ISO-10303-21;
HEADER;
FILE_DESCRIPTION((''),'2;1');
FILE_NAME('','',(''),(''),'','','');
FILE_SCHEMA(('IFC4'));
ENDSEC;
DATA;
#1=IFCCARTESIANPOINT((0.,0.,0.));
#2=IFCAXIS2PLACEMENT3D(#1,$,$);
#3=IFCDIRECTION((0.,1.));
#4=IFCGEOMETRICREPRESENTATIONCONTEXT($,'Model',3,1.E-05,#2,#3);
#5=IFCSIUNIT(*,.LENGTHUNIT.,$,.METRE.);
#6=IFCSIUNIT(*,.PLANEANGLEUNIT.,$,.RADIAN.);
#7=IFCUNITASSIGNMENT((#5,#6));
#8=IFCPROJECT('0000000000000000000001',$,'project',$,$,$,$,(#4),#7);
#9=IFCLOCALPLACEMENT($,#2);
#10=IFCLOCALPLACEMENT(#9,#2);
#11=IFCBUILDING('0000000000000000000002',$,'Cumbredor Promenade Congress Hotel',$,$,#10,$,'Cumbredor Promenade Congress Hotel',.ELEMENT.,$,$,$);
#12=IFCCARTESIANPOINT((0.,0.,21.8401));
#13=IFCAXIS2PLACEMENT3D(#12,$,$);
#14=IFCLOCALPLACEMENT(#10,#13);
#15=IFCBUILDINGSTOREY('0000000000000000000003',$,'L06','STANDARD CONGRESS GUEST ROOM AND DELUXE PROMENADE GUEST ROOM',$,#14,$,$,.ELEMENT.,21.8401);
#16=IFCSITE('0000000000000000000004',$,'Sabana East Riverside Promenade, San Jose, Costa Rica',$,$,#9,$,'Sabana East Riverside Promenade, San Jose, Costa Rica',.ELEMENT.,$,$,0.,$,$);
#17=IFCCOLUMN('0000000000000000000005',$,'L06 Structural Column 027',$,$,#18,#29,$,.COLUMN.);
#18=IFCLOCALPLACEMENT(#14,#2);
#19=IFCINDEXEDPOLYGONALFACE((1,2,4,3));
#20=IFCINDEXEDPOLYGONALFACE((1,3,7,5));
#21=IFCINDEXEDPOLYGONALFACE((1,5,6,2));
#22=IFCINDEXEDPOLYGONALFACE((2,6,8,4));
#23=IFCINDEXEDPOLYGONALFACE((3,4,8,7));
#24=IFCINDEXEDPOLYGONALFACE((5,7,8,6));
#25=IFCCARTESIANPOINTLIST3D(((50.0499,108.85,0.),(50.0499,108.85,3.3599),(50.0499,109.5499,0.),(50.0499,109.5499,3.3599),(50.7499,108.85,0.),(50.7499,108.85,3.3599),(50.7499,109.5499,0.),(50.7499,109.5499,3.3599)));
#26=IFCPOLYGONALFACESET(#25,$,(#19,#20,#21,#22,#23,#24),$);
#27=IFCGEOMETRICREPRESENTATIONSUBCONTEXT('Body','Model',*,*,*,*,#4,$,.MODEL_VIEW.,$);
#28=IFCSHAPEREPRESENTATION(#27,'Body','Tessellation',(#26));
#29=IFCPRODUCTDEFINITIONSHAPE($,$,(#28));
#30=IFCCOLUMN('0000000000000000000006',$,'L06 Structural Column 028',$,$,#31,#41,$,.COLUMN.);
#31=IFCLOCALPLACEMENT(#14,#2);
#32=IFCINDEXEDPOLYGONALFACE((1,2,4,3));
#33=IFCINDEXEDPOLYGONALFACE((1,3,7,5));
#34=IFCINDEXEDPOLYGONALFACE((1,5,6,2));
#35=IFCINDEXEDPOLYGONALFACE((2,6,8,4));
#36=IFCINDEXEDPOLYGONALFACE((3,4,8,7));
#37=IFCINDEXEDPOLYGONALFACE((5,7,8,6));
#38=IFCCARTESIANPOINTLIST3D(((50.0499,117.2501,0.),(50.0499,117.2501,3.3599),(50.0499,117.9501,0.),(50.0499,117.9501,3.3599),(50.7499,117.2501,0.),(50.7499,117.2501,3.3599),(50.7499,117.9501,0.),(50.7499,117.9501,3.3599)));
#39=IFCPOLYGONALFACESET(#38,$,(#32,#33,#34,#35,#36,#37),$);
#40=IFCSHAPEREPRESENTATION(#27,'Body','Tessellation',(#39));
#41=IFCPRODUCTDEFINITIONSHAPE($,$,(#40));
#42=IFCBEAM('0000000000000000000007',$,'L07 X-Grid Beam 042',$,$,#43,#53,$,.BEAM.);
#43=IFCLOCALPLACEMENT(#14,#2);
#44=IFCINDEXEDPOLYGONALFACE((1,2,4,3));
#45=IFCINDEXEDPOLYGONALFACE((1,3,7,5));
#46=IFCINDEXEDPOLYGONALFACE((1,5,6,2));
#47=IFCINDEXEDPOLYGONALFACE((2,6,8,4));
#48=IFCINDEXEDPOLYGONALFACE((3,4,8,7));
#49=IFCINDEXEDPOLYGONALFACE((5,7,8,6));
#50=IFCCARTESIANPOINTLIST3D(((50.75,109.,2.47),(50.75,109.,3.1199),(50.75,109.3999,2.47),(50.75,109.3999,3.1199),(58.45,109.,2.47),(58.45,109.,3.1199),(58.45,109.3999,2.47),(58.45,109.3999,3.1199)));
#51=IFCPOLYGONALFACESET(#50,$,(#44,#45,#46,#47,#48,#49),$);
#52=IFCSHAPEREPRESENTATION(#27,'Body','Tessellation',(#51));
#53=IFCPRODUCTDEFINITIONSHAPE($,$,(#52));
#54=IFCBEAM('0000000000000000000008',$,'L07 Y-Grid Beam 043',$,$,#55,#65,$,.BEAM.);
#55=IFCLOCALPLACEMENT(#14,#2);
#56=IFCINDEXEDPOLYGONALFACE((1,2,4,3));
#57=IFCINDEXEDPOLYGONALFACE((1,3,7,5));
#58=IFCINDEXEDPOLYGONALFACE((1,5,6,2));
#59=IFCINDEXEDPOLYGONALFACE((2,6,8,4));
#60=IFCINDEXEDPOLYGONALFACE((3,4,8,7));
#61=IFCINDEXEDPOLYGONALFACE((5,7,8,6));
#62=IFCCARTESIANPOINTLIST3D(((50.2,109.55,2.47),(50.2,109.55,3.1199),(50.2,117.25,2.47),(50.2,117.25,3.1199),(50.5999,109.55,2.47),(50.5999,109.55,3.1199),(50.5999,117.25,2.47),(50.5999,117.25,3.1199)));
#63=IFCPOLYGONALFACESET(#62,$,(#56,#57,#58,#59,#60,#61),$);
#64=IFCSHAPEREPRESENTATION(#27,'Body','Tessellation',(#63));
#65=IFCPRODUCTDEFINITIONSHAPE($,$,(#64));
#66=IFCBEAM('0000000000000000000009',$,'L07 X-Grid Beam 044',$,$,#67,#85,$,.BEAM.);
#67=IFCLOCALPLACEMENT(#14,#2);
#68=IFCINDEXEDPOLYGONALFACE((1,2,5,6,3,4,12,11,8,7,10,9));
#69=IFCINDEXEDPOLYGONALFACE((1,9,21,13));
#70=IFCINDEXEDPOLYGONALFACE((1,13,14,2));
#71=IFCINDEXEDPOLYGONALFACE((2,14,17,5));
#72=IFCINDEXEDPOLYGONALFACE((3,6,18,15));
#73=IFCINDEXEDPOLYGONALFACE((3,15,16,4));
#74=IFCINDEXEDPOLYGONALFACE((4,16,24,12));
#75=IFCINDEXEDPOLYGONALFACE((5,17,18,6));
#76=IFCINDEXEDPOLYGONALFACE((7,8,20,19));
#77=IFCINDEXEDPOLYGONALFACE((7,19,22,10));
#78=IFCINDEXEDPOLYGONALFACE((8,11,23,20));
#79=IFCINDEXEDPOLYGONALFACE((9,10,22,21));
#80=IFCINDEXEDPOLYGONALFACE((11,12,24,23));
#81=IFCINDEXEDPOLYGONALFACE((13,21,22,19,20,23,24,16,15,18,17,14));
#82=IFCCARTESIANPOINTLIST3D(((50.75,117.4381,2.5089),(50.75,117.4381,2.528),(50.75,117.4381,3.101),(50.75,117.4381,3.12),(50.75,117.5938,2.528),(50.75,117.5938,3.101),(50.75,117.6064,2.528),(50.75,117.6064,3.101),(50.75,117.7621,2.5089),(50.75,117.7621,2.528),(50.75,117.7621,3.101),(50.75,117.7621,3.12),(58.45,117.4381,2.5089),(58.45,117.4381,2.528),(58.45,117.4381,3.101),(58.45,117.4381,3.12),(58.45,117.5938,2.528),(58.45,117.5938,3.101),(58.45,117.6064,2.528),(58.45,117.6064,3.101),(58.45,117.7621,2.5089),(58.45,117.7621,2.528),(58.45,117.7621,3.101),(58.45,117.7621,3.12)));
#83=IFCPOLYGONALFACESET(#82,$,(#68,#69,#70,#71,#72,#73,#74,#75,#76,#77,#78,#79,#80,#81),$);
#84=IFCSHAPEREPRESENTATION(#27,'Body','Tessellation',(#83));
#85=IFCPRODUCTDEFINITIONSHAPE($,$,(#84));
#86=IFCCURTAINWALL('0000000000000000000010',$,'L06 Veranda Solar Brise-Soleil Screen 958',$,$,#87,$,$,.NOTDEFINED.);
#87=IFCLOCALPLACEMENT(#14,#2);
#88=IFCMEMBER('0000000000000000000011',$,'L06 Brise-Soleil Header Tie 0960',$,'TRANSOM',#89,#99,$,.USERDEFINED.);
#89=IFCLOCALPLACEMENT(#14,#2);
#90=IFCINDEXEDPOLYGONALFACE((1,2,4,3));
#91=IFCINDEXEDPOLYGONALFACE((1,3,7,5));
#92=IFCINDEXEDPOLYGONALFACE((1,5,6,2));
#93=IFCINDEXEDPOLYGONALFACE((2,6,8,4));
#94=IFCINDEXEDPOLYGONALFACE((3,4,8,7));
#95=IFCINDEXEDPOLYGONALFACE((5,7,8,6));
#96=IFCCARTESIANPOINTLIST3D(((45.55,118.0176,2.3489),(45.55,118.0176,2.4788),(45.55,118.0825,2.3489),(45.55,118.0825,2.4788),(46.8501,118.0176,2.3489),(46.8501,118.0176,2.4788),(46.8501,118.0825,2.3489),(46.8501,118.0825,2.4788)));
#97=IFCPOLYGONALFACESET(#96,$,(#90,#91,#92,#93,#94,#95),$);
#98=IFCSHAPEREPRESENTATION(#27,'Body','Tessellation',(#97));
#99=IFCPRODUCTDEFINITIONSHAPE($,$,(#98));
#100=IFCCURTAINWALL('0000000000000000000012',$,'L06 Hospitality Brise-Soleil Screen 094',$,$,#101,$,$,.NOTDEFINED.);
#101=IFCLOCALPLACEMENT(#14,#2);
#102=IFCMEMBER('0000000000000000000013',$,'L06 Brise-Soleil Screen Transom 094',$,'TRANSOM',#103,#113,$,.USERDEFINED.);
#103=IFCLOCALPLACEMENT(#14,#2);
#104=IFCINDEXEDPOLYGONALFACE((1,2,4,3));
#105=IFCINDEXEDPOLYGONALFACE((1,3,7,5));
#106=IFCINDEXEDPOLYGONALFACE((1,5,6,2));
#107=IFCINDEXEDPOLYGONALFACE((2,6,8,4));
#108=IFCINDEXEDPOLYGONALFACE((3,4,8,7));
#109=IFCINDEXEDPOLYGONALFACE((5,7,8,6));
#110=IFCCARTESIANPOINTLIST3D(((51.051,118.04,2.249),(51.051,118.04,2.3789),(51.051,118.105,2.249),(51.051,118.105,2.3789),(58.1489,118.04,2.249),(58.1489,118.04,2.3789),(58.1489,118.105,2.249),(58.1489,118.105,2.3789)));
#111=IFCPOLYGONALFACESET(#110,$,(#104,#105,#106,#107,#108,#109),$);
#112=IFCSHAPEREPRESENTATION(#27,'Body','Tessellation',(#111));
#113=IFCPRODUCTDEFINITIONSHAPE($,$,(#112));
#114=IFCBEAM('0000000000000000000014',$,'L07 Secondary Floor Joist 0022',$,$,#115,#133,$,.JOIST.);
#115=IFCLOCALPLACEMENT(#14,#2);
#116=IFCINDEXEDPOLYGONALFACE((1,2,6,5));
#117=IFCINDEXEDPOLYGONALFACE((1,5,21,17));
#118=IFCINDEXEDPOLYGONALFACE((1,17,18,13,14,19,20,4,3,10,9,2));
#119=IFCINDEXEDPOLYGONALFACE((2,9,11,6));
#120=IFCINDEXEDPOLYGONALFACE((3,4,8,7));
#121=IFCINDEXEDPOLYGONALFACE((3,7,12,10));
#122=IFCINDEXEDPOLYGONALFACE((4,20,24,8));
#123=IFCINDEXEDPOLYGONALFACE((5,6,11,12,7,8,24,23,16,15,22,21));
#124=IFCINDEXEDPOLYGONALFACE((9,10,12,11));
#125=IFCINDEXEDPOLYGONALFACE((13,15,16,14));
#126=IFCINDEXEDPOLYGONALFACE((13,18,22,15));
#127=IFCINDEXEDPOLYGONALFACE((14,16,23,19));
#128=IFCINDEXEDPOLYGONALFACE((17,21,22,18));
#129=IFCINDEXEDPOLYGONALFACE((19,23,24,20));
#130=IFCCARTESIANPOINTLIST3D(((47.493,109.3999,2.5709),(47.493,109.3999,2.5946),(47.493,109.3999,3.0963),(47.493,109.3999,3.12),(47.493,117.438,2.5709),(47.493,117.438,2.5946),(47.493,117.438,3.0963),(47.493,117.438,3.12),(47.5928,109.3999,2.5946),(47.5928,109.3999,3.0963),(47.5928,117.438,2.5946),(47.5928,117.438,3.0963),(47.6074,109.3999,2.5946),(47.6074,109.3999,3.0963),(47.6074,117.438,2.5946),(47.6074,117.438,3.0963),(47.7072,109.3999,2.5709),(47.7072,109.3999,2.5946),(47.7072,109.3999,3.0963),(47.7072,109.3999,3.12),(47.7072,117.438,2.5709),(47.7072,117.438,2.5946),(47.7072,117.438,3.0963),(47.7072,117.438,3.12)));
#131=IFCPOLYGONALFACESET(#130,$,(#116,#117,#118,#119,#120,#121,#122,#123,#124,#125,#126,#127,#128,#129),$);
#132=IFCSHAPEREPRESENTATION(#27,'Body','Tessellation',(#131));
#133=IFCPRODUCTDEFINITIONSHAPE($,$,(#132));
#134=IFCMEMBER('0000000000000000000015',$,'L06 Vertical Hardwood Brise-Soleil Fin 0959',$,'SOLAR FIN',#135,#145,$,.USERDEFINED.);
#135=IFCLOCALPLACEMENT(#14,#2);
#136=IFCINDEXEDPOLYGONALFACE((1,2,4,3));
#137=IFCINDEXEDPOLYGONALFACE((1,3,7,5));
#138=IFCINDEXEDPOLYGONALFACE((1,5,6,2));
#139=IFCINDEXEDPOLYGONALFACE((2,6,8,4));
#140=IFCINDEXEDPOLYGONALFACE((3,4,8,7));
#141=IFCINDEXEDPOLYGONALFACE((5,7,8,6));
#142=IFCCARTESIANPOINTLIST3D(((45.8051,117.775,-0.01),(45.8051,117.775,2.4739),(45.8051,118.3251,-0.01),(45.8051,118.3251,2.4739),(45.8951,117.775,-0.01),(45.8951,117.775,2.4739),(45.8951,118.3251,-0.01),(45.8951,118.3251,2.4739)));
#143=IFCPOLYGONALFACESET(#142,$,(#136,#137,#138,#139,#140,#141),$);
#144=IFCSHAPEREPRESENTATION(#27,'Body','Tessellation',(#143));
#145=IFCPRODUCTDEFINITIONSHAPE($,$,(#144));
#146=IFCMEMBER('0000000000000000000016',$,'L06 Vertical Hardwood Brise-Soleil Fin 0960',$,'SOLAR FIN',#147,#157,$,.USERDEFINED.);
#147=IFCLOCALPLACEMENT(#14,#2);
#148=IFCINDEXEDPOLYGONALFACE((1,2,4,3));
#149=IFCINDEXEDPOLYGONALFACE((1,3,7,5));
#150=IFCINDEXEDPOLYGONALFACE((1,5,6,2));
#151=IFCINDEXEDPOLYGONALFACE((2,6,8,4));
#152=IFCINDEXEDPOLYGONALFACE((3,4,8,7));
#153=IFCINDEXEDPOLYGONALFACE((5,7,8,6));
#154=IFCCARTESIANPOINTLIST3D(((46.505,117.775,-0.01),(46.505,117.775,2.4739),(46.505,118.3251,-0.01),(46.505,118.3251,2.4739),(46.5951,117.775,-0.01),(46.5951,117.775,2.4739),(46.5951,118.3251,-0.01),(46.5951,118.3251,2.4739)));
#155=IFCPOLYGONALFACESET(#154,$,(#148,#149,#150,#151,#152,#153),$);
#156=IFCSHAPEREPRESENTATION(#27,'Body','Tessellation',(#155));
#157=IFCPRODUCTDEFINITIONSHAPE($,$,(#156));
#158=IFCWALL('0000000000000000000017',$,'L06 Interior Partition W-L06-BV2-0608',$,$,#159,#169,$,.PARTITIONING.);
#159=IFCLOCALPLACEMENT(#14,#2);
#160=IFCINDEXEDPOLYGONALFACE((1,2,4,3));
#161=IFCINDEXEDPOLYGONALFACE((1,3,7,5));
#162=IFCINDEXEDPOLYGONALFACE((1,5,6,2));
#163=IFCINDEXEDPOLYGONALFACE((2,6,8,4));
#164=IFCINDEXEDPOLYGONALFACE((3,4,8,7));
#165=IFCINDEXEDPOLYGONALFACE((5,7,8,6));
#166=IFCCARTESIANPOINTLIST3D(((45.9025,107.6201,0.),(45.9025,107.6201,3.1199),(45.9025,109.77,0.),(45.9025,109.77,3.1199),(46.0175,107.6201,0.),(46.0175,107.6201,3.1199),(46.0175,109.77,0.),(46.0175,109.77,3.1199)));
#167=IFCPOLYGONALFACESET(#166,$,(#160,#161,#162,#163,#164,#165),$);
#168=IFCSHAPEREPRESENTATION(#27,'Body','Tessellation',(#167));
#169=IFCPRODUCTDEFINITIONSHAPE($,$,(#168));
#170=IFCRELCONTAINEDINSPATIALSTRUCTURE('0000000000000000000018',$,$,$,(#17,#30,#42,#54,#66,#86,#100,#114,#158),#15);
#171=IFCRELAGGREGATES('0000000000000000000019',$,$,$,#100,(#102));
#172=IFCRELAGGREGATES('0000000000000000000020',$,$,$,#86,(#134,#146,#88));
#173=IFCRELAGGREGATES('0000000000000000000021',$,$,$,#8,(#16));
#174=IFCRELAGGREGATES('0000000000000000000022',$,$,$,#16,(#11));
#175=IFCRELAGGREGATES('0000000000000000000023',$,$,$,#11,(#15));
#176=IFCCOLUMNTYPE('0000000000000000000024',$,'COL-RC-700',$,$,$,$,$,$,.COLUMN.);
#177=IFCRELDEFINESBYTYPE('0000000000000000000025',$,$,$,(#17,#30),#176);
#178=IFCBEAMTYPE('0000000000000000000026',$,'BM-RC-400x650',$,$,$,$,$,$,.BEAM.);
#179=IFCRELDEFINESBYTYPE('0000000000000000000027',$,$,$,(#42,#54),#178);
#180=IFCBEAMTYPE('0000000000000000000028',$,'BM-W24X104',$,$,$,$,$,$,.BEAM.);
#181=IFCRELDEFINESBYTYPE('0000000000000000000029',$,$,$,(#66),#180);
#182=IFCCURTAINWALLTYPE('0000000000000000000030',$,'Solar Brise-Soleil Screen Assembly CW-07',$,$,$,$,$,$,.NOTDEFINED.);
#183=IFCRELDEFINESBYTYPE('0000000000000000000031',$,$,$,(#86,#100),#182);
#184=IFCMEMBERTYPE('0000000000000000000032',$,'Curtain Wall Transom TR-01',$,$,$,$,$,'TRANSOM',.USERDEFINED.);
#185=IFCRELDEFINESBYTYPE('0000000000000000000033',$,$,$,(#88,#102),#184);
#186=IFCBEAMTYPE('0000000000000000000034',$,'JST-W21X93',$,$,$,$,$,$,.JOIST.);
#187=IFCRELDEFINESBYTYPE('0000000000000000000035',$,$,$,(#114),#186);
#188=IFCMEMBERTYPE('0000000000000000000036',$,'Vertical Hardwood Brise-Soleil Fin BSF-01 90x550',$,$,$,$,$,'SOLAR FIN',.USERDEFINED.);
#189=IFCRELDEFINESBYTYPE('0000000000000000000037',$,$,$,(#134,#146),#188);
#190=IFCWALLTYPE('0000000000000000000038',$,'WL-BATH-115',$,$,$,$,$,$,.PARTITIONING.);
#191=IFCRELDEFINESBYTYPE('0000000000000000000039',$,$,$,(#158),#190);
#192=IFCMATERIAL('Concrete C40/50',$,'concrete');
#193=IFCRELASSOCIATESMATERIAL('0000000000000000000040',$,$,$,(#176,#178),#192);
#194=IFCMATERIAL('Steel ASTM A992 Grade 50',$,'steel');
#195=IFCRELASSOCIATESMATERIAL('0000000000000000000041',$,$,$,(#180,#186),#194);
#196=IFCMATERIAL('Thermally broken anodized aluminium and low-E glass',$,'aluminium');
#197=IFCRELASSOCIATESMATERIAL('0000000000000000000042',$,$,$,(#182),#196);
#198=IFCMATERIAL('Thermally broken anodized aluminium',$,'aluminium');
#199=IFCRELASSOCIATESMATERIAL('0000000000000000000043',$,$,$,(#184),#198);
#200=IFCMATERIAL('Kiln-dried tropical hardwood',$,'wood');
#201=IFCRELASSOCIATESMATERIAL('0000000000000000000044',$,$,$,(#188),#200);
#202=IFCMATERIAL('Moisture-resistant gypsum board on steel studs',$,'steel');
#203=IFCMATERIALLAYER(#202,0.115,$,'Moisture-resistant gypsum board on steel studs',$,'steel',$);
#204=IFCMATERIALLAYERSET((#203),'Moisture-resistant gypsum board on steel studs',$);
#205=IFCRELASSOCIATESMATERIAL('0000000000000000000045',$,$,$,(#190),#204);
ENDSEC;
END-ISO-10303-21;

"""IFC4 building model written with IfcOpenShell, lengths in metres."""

from ifc_helpers import new_model, si_unit, direction, frame, frame_2d, origin, origin_2d, place, context, subcontext, project, spatial, rectangle, i_section, extrude, material, layer, layer_set, material_profile, profile_set, type_object, element, aggregate, save


model = new_model("IFC4")

# Units and contexts
model_context = context("Model", 3, precision=1e-05, world=origin(), true_north=direction((0.0, 1.0)))
body_context = subcontext(model_context, "Body", "Model", "MODEL_VIEW")
ifc_project = project(units=[si_unit("LENGTHUNIT", "METRE"), si_unit("PLANEANGLEUNIT", "RADIAN")], contexts=[model_context])

# Site, building, storey
site_placement = place(None, origin())
site = spatial("IfcSite", under=ifc_project, at=site_placement, Name="Sabana East Riverside Promenade, San Jose, Costa Rica", LongName="Sabana East Riverside Promenade, San Jose, Costa Rica", CompositionType="ELEMENT", RefElevation=0.0)
building_placement = place(site_placement, origin())
building = spatial("IfcBuilding", under=site, at=building_placement, Name="Cumbredor Promenade Congress Hotel", LongName="Cumbredor Promenade Congress Hotel", CompositionType="ELEMENT")
storey_placement = place(building_placement, frame((0.0, 0.0, 21.8401)))
storey = spatial("IfcBuildingStorey", under=building, at=storey_placement, Name="L06", Description="STANDARD CONGRESS GUEST ROOM AND DELUXE PROMENADE GUEST ROOM", CompositionType="ELEMENT", Elevation=21.8401)

# Columns
ifc_material_1 = material(Name="Concrete C40/50", Category="concrete")
ifc_material_profile_1 = material_profile(ifc_material_1, rectangle(XDim=0.7, YDim=0.7, at=origin_2d()), Name="RC 700x700")
ifc_profile_set_1 = profile_set([ifc_material_profile_1], Name="Concrete C40/50")
column_type = type_object("IfcColumnType", Name="COL-RC-700", PredefinedType="COLUMN", material=ifc_profile_set_1)
for number, where, z_axis, x_axis, name in (
    (1, (50.3999, 109.2, 0.0), (0.0, 0.0, 1.0), (1.0, 0.0, 0.0), "L06 Structural Column 027"),
    (2, (50.3999, 117.6001, 0.0), (0.0, 0.0, 1.0), (1.0, 0.0, 0.0), "L06 Structural Column 028"),
):
    element("IfcColumn", number, at=place(storey_placement, frame(where, z_axis=z_axis, x_axis=x_axis)), inside=storey, type_object=column_type, Name=name, PredefinedType="COLUMN", context=body_context, shape_type="SweptSolid", body=[
        extrude(rectangle(XDim=0.7, YDim=0.7, at=origin_2d()), origin(), (0.0, 0.0, 1.0), 3.3599),
    ])

# Beams
ifc_material_profile_2 = material_profile(ifc_material_1, rectangle(XDim=0.3999, YDim=0.6499, at=origin_2d()), Name="RC BEAM 400x650")
ifc_profile_set_2 = profile_set([ifc_material_profile_2], Name="Concrete C40/50")
beam_type_1 = type_object("IfcBeamType", Name="BM-RC-400x650", PredefinedType="BEAM", material=ifc_profile_set_2)
for number, where, z_axis, x_axis, name in (
    (3, (50.75, 109.2, 2.7949), (1.0, 0.0, 0.0), (0.0, 1.0, 0.0), "L07 X-Grid Beam 042"),
    (4, (50.3999, 109.55, 2.7949), (0.0, 1.0, 0.0), (-1.0, 0.0, 0.0), "L07 Y-Grid Beam 043"),
):
    element("IfcBeam", number, at=place(storey_placement, frame(where, z_axis=z_axis, x_axis=x_axis)), inside=storey, type_object=beam_type_1, Name=name, PredefinedType="BEAM", context=body_context, shape_type="SweptSolid", body=[
        extrude(rectangle(XDim=0.3999, YDim=0.6499, at=origin_2d()), origin(), (0.0, 0.0, 1.0), 7.7),
    ])
ifc_material_2 = material(Name="Steel ASTM A992 Grade 50", Category="steel")
ifc_material_profile_3 = material_profile(ifc_material_2, i_section(OverallWidth=0.324, OverallDepth=0.6111, WebThickness=0.0127, FlangeThickness=0.019, at=origin_2d()), Name="W24X104")
ifc_profile_set_3 = profile_set([ifc_material_profile_3], Name="Steel ASTM A992 Grade 50")
beam_type_2 = type_object("IfcBeamType", Name="BM-W24X104", PredefinedType="BEAM", material=ifc_profile_set_3)
beam_1_placement = place(storey_placement, frame((50.75, 117.6001, 2.8145), z_axis=(1.0, 0.0, 0.0), x_axis=(0.0, 1.0, 0.0)))
element("IfcBeam", 5, at=beam_1_placement, inside=storey, type_object=beam_type_2, Name="L07 X-Grid Beam 044", PredefinedType="BEAM", context=body_context, shape_type="SweptSolid", body=[
    extrude(i_section(OverallWidth=0.324, OverallDepth=0.6111, WebThickness=0.0127, FlangeThickness=0.019, at=origin_2d()), origin(), (0.0, 0.0, 1.0), 7.7),
])

# Curtain walls, members
ifc_material_3 = material(Name="Thermally broken anodized aluminium and low-E glass", Category="aluminium")
curtain_wall_type = type_object("IfcCurtainWallType", Name="Solar Brise-Soleil Screen Assembly CW-07", PredefinedType="NOTDEFINED", material=ifc_material_3)
curtain_wall_1_placement = place(storey_placement, origin())
curtain_wall_1 = element("IfcCurtainWall", 6, at=curtain_wall_1_placement, inside=storey, type_object=curtain_wall_type, Name="L06 Veranda Solar Brise-Soleil Screen 958", PredefinedType="NOTDEFINED")
ifc_material_4 = material(Name="Thermally broken anodized aluminium", Category="aluminium")
ifc_material_profile_4 = material_profile(ifc_material_4, rectangle(XDim=0.0649, YDim=0.1299, at=origin_2d()), Name="ALU TRANSOM 65x130")
ifc_profile_set_4 = profile_set([ifc_material_profile_4], Name="Thermally broken anodized aluminium")
member_type_1 = type_object("IfcMemberType", Name="Curtain Wall Transom TR-01", ElementType="TRANSOM", PredefinedType="USERDEFINED", material=ifc_profile_set_4)
member_1_placement = place(storey_placement, frame((45.55, 118.05, 2.4138), z_axis=(1.0, 0.0, 0.0), x_axis=(0.0, 1.0, 0.0)))
member_1 = element("IfcMember", 7, at=member_1_placement, type_object=member_type_1, Name="L06 Brise-Soleil Header Tie 0960", ObjectType="TRANSOM", PredefinedType="USERDEFINED", context=body_context, shape_type="SweptSolid", body=[
    extrude(rectangle(XDim=0.0649, YDim=0.1299, at=origin_2d()), origin(), (0.0, 0.0, 1.0), 1.3),
])
curtain_wall_2_placement = place(storey_placement, origin())
curtain_wall_2 = element("IfcCurtainWall", 8, at=curtain_wall_2_placement, inside=storey, type_object=curtain_wall_type, Name="L06 Hospitality Brise-Soleil Screen 094", PredefinedType="NOTDEFINED")
member_2_placement = place(storey_placement, frame((51.051, 118.0725, 2.314), z_axis=(1.0, 0.0, 0.0), x_axis=(0.0, 1.0, 0.0)))
member_2 = element("IfcMember", 9, at=member_2_placement, type_object=member_type_1, Name="L06 Brise-Soleil Screen Transom 094", ObjectType="TRANSOM", PredefinedType="USERDEFINED", context=body_context, shape_type="SweptSolid", body=[
    extrude(rectangle(XDim=0.0649, YDim=0.1299, at=origin_2d()), origin(), (0.0, 0.0, 1.0), 7.0979),
])
aggregate(curtain_wall_2, [member_2])

# Beam
ifc_material_profile_5 = material_profile(ifc_material_2, i_section(OverallWidth=0.2141, OverallDepth=0.5491, WebThickness=0.0146, FlangeThickness=0.0237, at=origin_2d()), Name="W21X93")
ifc_profile_set_5 = profile_set([ifc_material_profile_5], Name="Steel ASTM A992 Grade 50")
beam_type_3 = type_object("IfcBeamType", Name="JST-W21X93", PredefinedType="JOIST", material=ifc_profile_set_5)
beam_2_placement = place(storey_placement, frame((47.6001, 109.3999, 2.8455), z_axis=(0.0, 1.0, 0.0), x_axis=(-1.0, 0.0, 0.0)))
element("IfcBeam", 10, at=beam_2_placement, inside=storey, type_object=beam_type_3, Name="L07 Secondary Floor Joist 0022", PredefinedType="JOIST", context=body_context, shape_type="SweptSolid", body=[
    extrude(i_section(OverallWidth=0.2141, OverallDepth=0.5491, WebThickness=0.0146, FlangeThickness=0.0237, at=origin_2d()), origin(), (0.0, 0.0, 1.0), 8.0381),
])

# Members
ifc_material_5 = material(Name="Kiln-dried tropical hardwood", Category="wood")
ifc_material_profile_6 = material_profile(ifc_material_5, rectangle(XDim=0.0901, YDim=0.55, at=origin_2d()), Name="ARCH FIN 90x550")
ifc_profile_set_6 = profile_set([ifc_material_profile_6], Name="Kiln-dried tropical hardwood")
member_type_2 = type_object("IfcMemberType", Name="Vertical Hardwood Brise-Soleil Fin BSF-01 90x550", ElementType="SOLAR FIN", PredefinedType="USERDEFINED", material=ifc_profile_set_6)
member_3_placement = place(storey_placement, frame((45.8501, 118.05, -0.01), z_axis=(0.0, 0.0, 1.0), x_axis=(1.0, 0.0, 0.0)))
member_3 = element("IfcMember", 11, at=member_3_placement, type_object=member_type_2, Name="L06 Vertical Hardwood Brise-Soleil Fin 0959", ObjectType="SOLAR FIN", PredefinedType="USERDEFINED", context=body_context, shape_type="SweptSolid", body=[
    extrude(rectangle(XDim=0.0901, YDim=0.55, at=origin_2d()), origin(), (0.0, 0.0, 1.0), 2.4839),
])
member_4_placement = place(storey_placement, frame((46.55, 118.05, -0.01), z_axis=(0.0, 0.0, 1.0), x_axis=(1.0, 0.0, 0.0)))
member_4 = element("IfcMember", 12, at=member_4_placement, type_object=member_type_2, Name="L06 Vertical Hardwood Brise-Soleil Fin 0960", ObjectType="SOLAR FIN", PredefinedType="USERDEFINED", context=body_context, shape_type="SweptSolid", body=[
    extrude(rectangle(XDim=0.0901, YDim=0.55, at=origin_2d()), origin(), (0.0, 0.0, 1.0), 2.4839),
])
aggregate(curtain_wall_1, [member_3, member_4, member_1])

# Wall
ifc_material_6 = material(Name="Moisture-resistant gypsum board on steel studs", Category="steel")
ifc_layer_1 = layer(ifc_material_6, 0.115, Name="Moisture-resistant gypsum board on steel studs", Category="steel")
ifc_layer_set_1 = layer_set([ifc_layer_1], Name="Moisture-resistant gypsum board on steel studs")
wall_type_1 = type_object("IfcWallType", Name="WL-BATH-115", PredefinedType="PARTITIONING", material=ifc_layer_set_1)
wall_1_placement = place(storey_placement, frame((45.96, 107.6201, 0.0), z_axis=(0.0, 0.0, 1.0), x_axis=(0.0, 1.0, 0.0)))
element("IfcWall", 13, at=wall_1_placement, inside=storey, type_object=wall_type_1, Name="L06 Interior Partition W-L06-BV2-0608", PredefinedType="PARTITIONING", context=body_context, shape_type="SweptSolid", body=[
    extrude(rectangle(XDim=2.1499, YDim=0.115, at=frame_2d((1.075, 0.0))), origin(), (0.0, 0.0, 1.0), 3.1199),
])

save(model, "model.ifc")
